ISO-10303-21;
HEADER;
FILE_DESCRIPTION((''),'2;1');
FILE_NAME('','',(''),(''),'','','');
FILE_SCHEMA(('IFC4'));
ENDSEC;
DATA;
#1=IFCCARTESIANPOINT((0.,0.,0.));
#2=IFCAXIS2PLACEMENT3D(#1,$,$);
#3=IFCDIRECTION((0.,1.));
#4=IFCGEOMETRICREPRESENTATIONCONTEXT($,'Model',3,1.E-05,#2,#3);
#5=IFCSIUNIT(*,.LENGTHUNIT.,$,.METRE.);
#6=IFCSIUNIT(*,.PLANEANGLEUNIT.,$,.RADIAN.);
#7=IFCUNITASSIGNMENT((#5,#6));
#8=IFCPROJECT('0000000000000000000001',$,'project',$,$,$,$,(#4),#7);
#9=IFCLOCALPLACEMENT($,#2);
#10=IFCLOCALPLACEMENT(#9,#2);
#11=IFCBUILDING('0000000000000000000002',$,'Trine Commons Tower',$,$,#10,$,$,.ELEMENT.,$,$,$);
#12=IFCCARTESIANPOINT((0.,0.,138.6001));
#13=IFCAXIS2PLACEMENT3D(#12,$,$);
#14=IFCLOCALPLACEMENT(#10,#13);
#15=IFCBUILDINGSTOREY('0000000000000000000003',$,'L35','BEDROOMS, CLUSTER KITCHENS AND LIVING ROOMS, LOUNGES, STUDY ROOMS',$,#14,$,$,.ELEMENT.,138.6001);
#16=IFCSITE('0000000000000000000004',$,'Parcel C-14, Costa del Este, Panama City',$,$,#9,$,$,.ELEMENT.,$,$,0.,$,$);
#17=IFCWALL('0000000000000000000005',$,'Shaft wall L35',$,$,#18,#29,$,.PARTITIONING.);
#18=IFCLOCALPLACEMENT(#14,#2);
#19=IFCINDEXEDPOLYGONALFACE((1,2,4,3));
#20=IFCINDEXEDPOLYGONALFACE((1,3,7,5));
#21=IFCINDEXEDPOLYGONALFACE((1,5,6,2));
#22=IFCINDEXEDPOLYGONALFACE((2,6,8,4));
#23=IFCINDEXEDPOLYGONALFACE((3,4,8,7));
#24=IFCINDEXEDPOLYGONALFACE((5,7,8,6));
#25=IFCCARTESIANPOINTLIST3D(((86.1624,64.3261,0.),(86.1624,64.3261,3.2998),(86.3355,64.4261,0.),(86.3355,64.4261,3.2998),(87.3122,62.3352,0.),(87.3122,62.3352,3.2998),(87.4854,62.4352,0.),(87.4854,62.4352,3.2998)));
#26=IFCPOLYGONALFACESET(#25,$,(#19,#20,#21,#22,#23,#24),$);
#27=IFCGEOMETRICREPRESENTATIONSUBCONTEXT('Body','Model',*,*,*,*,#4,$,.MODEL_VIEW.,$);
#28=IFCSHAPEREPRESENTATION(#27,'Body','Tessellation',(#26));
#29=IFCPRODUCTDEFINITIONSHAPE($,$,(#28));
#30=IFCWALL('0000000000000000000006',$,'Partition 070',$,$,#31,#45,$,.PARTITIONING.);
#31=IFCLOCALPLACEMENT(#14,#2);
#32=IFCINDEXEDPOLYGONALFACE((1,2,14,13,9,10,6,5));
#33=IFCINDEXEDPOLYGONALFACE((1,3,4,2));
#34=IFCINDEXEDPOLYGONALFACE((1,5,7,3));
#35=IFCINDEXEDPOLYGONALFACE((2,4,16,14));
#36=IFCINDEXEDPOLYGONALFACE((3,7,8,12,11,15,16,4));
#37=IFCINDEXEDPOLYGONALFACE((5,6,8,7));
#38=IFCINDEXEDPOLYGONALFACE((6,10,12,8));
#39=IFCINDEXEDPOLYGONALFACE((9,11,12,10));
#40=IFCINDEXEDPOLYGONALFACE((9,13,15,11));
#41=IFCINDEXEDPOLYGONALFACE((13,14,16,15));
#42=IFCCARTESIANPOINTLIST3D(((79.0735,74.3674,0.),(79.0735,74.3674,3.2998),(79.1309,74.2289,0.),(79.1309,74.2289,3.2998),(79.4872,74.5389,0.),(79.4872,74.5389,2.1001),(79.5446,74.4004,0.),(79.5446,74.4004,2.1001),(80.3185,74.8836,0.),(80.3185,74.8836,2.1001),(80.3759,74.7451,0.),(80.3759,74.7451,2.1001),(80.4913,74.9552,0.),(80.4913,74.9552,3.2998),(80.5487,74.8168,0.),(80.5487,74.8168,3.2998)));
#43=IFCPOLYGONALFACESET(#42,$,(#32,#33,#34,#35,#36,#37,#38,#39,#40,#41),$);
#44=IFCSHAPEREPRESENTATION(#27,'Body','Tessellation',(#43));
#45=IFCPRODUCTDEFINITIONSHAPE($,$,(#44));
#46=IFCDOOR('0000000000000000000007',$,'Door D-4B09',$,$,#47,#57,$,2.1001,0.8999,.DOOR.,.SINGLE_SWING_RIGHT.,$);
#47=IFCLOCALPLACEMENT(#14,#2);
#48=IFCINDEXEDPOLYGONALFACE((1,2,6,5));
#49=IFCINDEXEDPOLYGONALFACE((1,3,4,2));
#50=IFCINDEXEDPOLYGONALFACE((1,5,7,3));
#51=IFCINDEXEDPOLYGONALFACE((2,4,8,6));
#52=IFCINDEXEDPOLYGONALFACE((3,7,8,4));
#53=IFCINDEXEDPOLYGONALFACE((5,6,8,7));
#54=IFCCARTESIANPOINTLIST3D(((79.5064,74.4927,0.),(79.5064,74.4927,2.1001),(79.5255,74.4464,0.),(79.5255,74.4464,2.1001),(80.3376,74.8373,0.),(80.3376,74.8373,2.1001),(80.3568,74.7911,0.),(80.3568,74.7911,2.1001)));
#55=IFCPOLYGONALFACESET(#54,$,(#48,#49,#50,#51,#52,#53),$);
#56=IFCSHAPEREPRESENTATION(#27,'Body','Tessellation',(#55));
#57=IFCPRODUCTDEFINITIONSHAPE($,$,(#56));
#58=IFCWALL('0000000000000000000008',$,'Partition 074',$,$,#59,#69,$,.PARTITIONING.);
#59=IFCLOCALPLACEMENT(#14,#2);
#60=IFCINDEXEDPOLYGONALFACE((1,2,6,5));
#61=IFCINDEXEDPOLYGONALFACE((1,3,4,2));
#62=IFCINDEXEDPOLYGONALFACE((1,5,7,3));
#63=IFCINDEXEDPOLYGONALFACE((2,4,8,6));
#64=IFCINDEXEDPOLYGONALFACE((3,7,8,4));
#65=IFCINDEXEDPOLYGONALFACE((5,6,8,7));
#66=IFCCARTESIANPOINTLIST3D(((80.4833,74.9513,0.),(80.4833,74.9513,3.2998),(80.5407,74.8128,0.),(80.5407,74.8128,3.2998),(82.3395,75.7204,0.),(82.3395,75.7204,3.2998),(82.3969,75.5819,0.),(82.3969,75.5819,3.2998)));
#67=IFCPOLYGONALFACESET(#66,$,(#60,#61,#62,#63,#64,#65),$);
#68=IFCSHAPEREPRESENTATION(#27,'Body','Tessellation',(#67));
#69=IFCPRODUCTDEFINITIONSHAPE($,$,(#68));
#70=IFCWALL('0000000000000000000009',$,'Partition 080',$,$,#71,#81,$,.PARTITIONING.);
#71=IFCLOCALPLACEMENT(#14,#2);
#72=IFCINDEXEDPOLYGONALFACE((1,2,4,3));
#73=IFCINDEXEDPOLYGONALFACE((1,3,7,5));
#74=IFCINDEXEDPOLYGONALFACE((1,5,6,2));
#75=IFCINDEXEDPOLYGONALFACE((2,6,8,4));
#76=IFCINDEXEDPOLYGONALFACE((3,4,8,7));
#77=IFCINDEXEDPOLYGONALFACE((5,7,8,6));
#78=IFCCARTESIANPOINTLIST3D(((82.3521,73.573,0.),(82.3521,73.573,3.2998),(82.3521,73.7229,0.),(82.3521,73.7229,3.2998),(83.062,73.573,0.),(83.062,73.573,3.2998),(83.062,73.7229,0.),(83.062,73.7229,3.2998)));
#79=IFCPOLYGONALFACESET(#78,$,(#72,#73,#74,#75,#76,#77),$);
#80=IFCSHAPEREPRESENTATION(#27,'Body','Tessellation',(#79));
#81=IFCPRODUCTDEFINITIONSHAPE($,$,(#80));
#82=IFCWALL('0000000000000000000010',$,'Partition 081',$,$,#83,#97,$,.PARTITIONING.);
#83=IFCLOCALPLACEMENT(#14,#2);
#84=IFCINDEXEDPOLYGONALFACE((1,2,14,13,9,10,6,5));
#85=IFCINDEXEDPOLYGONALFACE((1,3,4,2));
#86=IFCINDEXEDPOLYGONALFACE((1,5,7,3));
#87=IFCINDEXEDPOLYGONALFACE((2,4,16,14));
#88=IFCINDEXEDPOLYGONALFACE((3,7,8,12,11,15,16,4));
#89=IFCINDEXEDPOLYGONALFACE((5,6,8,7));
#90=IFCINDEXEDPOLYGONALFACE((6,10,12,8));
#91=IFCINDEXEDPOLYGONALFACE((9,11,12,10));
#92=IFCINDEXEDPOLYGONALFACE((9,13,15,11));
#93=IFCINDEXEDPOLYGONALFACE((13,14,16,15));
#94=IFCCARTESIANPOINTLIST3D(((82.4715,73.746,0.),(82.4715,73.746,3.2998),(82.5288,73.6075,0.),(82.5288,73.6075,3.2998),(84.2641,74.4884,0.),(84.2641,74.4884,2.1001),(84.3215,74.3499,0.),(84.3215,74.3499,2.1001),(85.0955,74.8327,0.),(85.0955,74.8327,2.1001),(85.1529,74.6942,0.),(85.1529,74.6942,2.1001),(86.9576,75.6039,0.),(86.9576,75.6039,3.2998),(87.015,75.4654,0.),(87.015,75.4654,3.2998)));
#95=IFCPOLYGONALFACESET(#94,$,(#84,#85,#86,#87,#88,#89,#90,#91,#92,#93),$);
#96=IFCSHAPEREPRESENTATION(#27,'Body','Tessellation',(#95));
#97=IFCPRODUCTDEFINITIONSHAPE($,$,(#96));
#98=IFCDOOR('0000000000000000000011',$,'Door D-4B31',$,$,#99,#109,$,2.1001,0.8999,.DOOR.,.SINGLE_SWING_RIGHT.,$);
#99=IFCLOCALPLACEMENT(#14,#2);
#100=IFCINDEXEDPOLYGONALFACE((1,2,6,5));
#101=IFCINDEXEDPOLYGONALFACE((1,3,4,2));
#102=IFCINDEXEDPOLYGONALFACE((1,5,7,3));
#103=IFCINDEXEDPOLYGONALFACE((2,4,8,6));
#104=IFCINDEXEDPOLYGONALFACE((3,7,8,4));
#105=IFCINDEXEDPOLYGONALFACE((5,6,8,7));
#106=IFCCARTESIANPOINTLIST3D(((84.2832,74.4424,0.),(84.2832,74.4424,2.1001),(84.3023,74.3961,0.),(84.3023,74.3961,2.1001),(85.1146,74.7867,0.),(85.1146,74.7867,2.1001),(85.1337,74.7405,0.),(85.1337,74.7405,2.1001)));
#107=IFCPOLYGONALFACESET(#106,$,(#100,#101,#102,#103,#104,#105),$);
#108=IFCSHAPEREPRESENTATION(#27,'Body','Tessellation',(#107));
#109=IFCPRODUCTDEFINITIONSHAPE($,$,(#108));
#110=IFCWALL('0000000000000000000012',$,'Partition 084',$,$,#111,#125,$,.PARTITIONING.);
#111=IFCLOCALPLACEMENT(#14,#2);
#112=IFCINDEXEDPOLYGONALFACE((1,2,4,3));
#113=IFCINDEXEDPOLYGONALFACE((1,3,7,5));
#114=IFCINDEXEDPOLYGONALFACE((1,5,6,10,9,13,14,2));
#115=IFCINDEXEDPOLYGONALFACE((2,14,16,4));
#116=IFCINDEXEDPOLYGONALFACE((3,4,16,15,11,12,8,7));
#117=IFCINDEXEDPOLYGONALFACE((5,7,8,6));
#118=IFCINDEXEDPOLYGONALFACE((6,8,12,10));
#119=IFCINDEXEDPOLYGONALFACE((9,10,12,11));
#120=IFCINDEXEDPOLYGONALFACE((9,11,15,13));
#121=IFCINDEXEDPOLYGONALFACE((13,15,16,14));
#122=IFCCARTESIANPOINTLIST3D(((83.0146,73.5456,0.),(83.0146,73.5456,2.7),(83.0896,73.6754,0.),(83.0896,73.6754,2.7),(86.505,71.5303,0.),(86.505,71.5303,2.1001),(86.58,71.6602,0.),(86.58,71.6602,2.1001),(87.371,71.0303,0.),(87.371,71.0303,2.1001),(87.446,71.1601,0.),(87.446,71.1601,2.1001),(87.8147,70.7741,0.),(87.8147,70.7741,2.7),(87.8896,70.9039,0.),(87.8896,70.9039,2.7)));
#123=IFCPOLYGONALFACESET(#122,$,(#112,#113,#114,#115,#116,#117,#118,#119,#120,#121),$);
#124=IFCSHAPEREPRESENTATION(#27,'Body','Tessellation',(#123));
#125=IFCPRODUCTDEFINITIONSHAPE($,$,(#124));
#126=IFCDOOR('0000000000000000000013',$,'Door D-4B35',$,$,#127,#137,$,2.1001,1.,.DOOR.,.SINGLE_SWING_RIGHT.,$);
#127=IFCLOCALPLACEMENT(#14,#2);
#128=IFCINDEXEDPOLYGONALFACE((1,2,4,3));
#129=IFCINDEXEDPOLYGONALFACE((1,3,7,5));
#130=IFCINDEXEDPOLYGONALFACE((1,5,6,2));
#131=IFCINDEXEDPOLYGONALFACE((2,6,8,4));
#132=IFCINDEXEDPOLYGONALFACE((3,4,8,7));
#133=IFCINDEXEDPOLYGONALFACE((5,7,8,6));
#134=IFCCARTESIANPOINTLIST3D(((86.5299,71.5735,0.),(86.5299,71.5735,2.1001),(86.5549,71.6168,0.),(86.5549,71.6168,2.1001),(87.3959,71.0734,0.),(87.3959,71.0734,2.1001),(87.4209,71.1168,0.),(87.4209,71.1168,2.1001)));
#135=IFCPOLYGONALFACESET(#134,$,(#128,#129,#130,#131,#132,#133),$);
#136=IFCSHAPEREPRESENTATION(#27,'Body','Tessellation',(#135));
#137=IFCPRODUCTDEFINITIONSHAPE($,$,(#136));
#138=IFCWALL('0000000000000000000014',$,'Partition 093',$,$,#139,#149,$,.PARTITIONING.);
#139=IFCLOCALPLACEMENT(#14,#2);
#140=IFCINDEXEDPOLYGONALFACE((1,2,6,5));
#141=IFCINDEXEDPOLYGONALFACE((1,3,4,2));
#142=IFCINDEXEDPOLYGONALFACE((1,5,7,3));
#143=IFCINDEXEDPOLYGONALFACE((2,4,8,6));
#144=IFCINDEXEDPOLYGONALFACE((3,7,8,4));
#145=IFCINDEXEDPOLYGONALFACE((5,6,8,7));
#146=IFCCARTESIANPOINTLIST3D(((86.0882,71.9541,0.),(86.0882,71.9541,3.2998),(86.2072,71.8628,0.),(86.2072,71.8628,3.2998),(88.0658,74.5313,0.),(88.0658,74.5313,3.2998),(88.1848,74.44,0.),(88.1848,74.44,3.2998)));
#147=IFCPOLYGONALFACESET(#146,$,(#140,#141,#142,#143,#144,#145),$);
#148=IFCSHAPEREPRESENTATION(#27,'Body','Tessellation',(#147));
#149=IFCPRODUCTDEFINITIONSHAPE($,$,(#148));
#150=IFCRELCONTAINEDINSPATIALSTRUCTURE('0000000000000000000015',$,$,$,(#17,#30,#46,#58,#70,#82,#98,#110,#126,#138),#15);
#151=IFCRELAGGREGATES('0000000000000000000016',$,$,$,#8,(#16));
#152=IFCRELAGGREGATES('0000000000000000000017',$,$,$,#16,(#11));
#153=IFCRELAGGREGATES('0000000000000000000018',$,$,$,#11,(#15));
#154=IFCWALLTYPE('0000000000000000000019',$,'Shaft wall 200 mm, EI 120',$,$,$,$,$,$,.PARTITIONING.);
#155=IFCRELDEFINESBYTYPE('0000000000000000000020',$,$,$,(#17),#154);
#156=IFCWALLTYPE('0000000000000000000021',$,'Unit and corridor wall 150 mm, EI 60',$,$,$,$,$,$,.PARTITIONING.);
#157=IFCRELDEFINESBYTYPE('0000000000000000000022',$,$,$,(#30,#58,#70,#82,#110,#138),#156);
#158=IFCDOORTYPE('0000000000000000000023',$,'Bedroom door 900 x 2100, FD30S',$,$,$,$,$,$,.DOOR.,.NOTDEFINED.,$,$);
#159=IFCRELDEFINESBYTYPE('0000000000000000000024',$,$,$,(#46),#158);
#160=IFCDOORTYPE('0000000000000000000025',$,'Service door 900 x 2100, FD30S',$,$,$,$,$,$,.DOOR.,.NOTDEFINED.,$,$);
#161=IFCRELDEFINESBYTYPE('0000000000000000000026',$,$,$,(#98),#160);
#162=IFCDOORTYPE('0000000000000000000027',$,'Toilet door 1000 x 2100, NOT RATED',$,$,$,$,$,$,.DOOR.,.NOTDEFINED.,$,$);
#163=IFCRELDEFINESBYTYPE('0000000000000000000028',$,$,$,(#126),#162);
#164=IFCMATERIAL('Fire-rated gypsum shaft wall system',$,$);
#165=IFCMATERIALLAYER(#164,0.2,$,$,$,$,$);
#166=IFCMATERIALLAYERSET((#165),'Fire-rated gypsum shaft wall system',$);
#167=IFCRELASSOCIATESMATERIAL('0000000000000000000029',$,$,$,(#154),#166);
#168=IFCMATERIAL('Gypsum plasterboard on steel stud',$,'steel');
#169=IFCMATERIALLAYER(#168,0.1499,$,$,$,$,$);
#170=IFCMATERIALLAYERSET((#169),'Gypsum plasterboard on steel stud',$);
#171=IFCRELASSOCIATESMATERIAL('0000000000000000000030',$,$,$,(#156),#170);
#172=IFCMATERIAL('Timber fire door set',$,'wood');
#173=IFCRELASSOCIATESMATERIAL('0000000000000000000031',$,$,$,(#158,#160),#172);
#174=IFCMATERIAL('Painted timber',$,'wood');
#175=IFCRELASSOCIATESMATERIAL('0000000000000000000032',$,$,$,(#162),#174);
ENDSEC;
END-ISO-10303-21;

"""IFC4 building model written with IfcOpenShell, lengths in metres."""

from ifc_helpers import new_model, si_unit, direction, frame, frame_2d, origin, place, context, subcontext, project, spatial, rectangle, extrude, material, layer, layer_set, type_object, element, fill, save


model = new_model("IFC4")

# Units and contexts
model_context = context("Model", 3, precision=1e-05, world=origin(), true_north=direction((0.0, 1.0)))
body_context = subcontext(model_context, "Body", "Model", "MODEL_VIEW")
ifc_project = project(units=[si_unit("LENGTHUNIT", "METRE"), si_unit("PLANEANGLEUNIT", "RADIAN")], contexts=[model_context])

# Site, building, storey
site_placement = place(None, origin())
site = spatial("IfcSite", under=ifc_project, at=site_placement, Name="Parcel C-14, Costa del Este, Panama City", CompositionType="ELEMENT", RefElevation=0.0)
building_placement = place(site_placement, origin())
building = spatial("IfcBuilding", under=site, at=building_placement, Name="Trine Commons Tower", CompositionType="ELEMENT")
storey_placement = place(building_placement, frame((0.0, 0.0, 138.6001)))
storey = spatial("IfcBuildingStorey", under=building, at=storey_placement, Name="L35", Description="BEDROOMS, CLUSTER KITCHENS AND LIVING ROOMS, LOUNGES, STUDY ROOMS", CompositionType="ELEMENT", Elevation=138.6001)

# Wall
ifc_material_1 = material(Name="Fire-rated gypsum shaft wall system")
ifc_layer_1 = layer(ifc_material_1, 0.2)
ifc_layer_set_1 = layer_set([ifc_layer_1], Name="Fire-rated gypsum shaft wall system")
wall_type_1 = type_object("IfcWallType", Name="Shaft wall 200 mm, EI 120", PredefinedType="PARTITIONING", material=ifc_layer_set_1)
for number, where, z_axis, x_axis, name in (
    (1, (86.249, 64.376, 0.0), (0.0, 0.0, 1.0), (0.500136, -0.865947, 0.0), "Shaft wall L35"),
):
    element("IfcWall", number, at=place(storey_placement, frame(where, z_axis=z_axis, x_axis=x_axis)), inside=storey, type_object=wall_type_1, Name=name, PredefinedType="PARTITIONING", context=body_context, shape_type="SweptSolid", body=[
        extrude(rectangle(XDim=2.2991, YDim=0.2, at=frame_2d((1.1494, 0.0))), origin(), (0.0, 0.0, 1.0), 3.2998),
    ])

# Wall, opening, door
ifc_material_2 = material(Name="Gypsum plasterboard on steel stud", Category="steel")
ifc_layer_2 = layer(ifc_material_2, 0.1499)
ifc_layer_set_2 = layer_set([ifc_layer_2], Name="Gypsum plasterboard on steel stud")
wall_type_2 = type_object("IfcWallType", Name="Unit and corridor wall 150 mm, EI 60", PredefinedType="PARTITIONING", material=ifc_layer_set_2)
wall_1_placement = place(storey_placement, frame((79.1021, 74.2981, 0.0), z_axis=(0.0, 0.0, 1.0), x_axis=(0.923753, 0.382989, 0.0)))
wall_1 = element("IfcWall", 2, at=wall_1_placement, inside=storey, type_object=wall_type_2, Name="Partition 070", PredefinedType="PARTITIONING", context=body_context, shape_type="SweptSolid", body=[
    extrude(rectangle(XDim=1.5349, YDim=0.1499, at=frame_2d((0.7676, 0.0))), origin(), (0.0, 0.0, 1.0), 3.2998),
])
opening_1_placement = place(wall_1_placement, frame((0.448, 0.0, 0.0)))
opening_1 = element("IfcOpeningElement", 3, at=opening_1_placement, cuts=wall_1, PredefinedType="OPENING", context=body_context, shape_type="SweptSolid", body=[
    extrude(rectangle(XDim=0.8999, YDim=2.1001, at=frame_2d((0.45, 1.05))), frame((0.0, 0.085, 0.0), z_axis=(0.0, -1.0, 0.0), x_axis=(1.0, 0.0, 0.0)), (0.0, 0.0, 1.0), 0.1699),
])
ifc_material_3 = material(Name="Timber fire door set", Category="wood")
door_type_1 = type_object("IfcDoorType", Name="Bedroom door 900 x 2100, FD30S", OperationType="NOTDEFINED", PredefinedType="DOOR", material=ifc_material_3)
door_1_placement = place(opening_1_placement, origin())
door_1 = element("IfcDoor", 4, at=door_1_placement, inside=storey, type_object=door_type_1, Name="Door D-4B09", OperationType="SINGLE_SWING_RIGHT", OverallHeight=2.1001, OverallWidth=0.8999, PredefinedType="DOOR", context=body_context, shape_type="SweptSolid", body=[
    extrude(rectangle(XDim=0.8999, YDim=2.1001, at=frame_2d((0.45, 1.05))), frame((0.0, 0.0249, 0.0), z_axis=(0.0, -1.0, 0.0), x_axis=(1.0, 0.0, 0.0)), (0.0, 0.0, 1.0), 0.05),
])
fill(opening_1, door_1)

# Walls
wall_2_placement = place(storey_placement, frame((80.512, 74.8821, 0.0), z_axis=(0.0, 0.0, 1.0), x_axis=(0.923848, 0.38276, 0.0)))
element("IfcWall", 5, at=wall_2_placement, inside=storey, type_object=wall_type_2, Name="Partition 074", PredefinedType="PARTITIONING", context=body_context, shape_type="SweptSolid", body=[
    extrude(rectangle(XDim=2.0093, YDim=0.1499, at=frame_2d((1.0046, 0.0))), origin(), (0.0, 0.0, 1.0), 3.2998),
])
wall_3_placement = place(storey_placement, frame((82.3521, 73.6479, 0.0), z_axis=(0.0, 0.0, 1.0), x_axis=(1.0, 0.0, 0.0)))
element("IfcWall", 6, at=wall_3_placement, inside=storey, type_object=wall_type_2, Name="Partition 080", PredefinedType="PARTITIONING", context=body_context, shape_type="SweptSolid", body=[
    extrude(rectangle(XDim=0.71, YDim=0.1499, at=frame_2d((0.355, 0.0))), origin(), (0.0, 0.0, 1.0), 3.2998),
])

# Walls, openings, doors
wall_4_placement = place(storey_placement, frame((82.5002, 73.6768, 0.0), z_axis=(0.0, 0.0, 1.0), x_axis=(0.9239, 0.382633, 0.0)))
wall_4 = element("IfcWall", 7, at=wall_4_placement, inside=storey, type_object=wall_type_2, Name="Partition 081", PredefinedType="PARTITIONING", context=body_context, shape_type="SweptSolid", body=[
    extrude(rectangle(XDim=4.8557, YDim=0.1499, at=frame_2d((2.4277, 0.0))), origin(), (0.0, 0.0, 1.0), 3.2998),
])
opening_2_placement = place(wall_4_placement, frame((1.9402, 0.0, 0.0)))
opening_2 = element("IfcOpeningElement", 8, at=opening_2_placement, cuts=wall_4, PredefinedType="OPENING", context=body_context, shape_type="SweptSolid", body=[
    extrude(rectangle(XDim=0.8999, YDim=2.1001, at=frame_2d((0.45, 1.05))), frame((0.0, 0.085, 0.0), z_axis=(0.0, -1.0, 0.0), x_axis=(1.0, 0.0, 0.0)), (0.0, 0.0, 1.0), 0.1699),
])
door_type_2 = type_object("IfcDoorType", Name="Service door 900 x 2100, FD30S", OperationType="NOTDEFINED", PredefinedType="DOOR", material=ifc_material_3)
door_2_placement = place(opening_2_placement, frame((0.8999, 0.0, 0.0), z_axis=(0.0, 0.0, 1.0), x_axis=(-1.0, 0.0, 0.0)))
door_2 = element("IfcDoor", 9, at=door_2_placement, inside=storey, type_object=door_type_2, Name="Door D-4B31", OperationType="SINGLE_SWING_RIGHT", OverallHeight=2.1001, OverallWidth=0.8999, PredefinedType="DOOR", context=body_context, shape_type="SweptSolid", body=[
    extrude(rectangle(XDim=0.8999, YDim=2.1001, at=frame_2d((0.45, 1.05))), frame((0.0, 0.0249, 0.0), z_axis=(0.0, -1.0, 0.0), x_axis=(1.0, 0.0, 0.0)), (0.0, 0.0, 1.0), 0.05),
])
fill(opening_2, door_2)
wall_5_placement = place(storey_placement, frame((83.052, 73.6106, 0.0), z_axis=(0.0, 0.0, 1.0), x_axis=(0.866012, -0.500024, 0.0)))
wall_5 = element("IfcWall", 10, at=wall_5_placement, inside=storey, type_object=wall_type_2, Name="Partition 084", PredefinedType="PARTITIONING", context=body_context, shape_type="SweptSolid", body=[
    extrude(rectangle(XDim=5.5427, YDim=0.1499, at=frame_2d((2.7715, 0.0))), origin(), (0.0, 0.0, 1.0), 2.7),
])
opening_3_placement = place(wall_5_placement, frame((4.0305, 0.0, 0.0)))
opening_3 = element("IfcOpeningElement", 11, at=opening_3_placement, cuts=wall_5, PredefinedType="OPENING", context=body_context, shape_type="SweptSolid", body=[
    extrude(rectangle(XDim=1.0, YDim=2.1001, at=frame_2d((0.5, 1.05))), frame((0.0, 0.085, 0.0), z_axis=(0.0, -1.0, 0.0), x_axis=(1.0, 0.0, 0.0)), (0.0, 0.0, 1.0), 0.1699),
])
ifc_material_4 = material(Name="Painted timber", Category="wood")
door_type_3 = type_object("IfcDoorType", Name="Toilet door 1000 x 2100, NOT RATED", OperationType="NOTDEFINED", PredefinedType="DOOR", material=ifc_material_4)
door_3_placement = place(opening_3_placement, origin())
door_3 = element("IfcDoor", 12, at=door_3_placement, inside=storey, type_object=door_type_3, Name="Door D-4B35", OperationType="SINGLE_SWING_RIGHT", OverallHeight=2.1001, OverallWidth=1.0, PredefinedType="DOOR", context=body_context, shape_type="SweptSolid", body=[
    extrude(rectangle(XDim=1.0, YDim=2.1001, at=frame_2d((0.5, 1.05))), frame((0.0, 0.0249, 0.0), z_axis=(0.0, -1.0, 0.0), x_axis=(1.0, 0.0, 0.0)), (0.0, 0.0, 1.0), 0.05),
])
fill(opening_3, door_3)

# Wall
wall_6_placement = place(storey_placement, frame((86.1477, 71.9084, 0.0), z_axis=(0.0, 0.0, 1.0), x_axis=(0.608766, 0.79335, 0.0)))
element("IfcWall", 13, at=wall_6_placement, inside=storey, type_object=wall_type_2, Name="Partition 093", PredefinedType="PARTITIONING", context=body_context, shape_type="SweptSolid", body=[
    extrude(rectangle(XDim=3.2485, YDim=0.1499, at=frame_2d((1.6243, 0.0))), origin(), (0.0, 0.0, 1.0), 3.2998),
])

save(model, "model.ifc")
